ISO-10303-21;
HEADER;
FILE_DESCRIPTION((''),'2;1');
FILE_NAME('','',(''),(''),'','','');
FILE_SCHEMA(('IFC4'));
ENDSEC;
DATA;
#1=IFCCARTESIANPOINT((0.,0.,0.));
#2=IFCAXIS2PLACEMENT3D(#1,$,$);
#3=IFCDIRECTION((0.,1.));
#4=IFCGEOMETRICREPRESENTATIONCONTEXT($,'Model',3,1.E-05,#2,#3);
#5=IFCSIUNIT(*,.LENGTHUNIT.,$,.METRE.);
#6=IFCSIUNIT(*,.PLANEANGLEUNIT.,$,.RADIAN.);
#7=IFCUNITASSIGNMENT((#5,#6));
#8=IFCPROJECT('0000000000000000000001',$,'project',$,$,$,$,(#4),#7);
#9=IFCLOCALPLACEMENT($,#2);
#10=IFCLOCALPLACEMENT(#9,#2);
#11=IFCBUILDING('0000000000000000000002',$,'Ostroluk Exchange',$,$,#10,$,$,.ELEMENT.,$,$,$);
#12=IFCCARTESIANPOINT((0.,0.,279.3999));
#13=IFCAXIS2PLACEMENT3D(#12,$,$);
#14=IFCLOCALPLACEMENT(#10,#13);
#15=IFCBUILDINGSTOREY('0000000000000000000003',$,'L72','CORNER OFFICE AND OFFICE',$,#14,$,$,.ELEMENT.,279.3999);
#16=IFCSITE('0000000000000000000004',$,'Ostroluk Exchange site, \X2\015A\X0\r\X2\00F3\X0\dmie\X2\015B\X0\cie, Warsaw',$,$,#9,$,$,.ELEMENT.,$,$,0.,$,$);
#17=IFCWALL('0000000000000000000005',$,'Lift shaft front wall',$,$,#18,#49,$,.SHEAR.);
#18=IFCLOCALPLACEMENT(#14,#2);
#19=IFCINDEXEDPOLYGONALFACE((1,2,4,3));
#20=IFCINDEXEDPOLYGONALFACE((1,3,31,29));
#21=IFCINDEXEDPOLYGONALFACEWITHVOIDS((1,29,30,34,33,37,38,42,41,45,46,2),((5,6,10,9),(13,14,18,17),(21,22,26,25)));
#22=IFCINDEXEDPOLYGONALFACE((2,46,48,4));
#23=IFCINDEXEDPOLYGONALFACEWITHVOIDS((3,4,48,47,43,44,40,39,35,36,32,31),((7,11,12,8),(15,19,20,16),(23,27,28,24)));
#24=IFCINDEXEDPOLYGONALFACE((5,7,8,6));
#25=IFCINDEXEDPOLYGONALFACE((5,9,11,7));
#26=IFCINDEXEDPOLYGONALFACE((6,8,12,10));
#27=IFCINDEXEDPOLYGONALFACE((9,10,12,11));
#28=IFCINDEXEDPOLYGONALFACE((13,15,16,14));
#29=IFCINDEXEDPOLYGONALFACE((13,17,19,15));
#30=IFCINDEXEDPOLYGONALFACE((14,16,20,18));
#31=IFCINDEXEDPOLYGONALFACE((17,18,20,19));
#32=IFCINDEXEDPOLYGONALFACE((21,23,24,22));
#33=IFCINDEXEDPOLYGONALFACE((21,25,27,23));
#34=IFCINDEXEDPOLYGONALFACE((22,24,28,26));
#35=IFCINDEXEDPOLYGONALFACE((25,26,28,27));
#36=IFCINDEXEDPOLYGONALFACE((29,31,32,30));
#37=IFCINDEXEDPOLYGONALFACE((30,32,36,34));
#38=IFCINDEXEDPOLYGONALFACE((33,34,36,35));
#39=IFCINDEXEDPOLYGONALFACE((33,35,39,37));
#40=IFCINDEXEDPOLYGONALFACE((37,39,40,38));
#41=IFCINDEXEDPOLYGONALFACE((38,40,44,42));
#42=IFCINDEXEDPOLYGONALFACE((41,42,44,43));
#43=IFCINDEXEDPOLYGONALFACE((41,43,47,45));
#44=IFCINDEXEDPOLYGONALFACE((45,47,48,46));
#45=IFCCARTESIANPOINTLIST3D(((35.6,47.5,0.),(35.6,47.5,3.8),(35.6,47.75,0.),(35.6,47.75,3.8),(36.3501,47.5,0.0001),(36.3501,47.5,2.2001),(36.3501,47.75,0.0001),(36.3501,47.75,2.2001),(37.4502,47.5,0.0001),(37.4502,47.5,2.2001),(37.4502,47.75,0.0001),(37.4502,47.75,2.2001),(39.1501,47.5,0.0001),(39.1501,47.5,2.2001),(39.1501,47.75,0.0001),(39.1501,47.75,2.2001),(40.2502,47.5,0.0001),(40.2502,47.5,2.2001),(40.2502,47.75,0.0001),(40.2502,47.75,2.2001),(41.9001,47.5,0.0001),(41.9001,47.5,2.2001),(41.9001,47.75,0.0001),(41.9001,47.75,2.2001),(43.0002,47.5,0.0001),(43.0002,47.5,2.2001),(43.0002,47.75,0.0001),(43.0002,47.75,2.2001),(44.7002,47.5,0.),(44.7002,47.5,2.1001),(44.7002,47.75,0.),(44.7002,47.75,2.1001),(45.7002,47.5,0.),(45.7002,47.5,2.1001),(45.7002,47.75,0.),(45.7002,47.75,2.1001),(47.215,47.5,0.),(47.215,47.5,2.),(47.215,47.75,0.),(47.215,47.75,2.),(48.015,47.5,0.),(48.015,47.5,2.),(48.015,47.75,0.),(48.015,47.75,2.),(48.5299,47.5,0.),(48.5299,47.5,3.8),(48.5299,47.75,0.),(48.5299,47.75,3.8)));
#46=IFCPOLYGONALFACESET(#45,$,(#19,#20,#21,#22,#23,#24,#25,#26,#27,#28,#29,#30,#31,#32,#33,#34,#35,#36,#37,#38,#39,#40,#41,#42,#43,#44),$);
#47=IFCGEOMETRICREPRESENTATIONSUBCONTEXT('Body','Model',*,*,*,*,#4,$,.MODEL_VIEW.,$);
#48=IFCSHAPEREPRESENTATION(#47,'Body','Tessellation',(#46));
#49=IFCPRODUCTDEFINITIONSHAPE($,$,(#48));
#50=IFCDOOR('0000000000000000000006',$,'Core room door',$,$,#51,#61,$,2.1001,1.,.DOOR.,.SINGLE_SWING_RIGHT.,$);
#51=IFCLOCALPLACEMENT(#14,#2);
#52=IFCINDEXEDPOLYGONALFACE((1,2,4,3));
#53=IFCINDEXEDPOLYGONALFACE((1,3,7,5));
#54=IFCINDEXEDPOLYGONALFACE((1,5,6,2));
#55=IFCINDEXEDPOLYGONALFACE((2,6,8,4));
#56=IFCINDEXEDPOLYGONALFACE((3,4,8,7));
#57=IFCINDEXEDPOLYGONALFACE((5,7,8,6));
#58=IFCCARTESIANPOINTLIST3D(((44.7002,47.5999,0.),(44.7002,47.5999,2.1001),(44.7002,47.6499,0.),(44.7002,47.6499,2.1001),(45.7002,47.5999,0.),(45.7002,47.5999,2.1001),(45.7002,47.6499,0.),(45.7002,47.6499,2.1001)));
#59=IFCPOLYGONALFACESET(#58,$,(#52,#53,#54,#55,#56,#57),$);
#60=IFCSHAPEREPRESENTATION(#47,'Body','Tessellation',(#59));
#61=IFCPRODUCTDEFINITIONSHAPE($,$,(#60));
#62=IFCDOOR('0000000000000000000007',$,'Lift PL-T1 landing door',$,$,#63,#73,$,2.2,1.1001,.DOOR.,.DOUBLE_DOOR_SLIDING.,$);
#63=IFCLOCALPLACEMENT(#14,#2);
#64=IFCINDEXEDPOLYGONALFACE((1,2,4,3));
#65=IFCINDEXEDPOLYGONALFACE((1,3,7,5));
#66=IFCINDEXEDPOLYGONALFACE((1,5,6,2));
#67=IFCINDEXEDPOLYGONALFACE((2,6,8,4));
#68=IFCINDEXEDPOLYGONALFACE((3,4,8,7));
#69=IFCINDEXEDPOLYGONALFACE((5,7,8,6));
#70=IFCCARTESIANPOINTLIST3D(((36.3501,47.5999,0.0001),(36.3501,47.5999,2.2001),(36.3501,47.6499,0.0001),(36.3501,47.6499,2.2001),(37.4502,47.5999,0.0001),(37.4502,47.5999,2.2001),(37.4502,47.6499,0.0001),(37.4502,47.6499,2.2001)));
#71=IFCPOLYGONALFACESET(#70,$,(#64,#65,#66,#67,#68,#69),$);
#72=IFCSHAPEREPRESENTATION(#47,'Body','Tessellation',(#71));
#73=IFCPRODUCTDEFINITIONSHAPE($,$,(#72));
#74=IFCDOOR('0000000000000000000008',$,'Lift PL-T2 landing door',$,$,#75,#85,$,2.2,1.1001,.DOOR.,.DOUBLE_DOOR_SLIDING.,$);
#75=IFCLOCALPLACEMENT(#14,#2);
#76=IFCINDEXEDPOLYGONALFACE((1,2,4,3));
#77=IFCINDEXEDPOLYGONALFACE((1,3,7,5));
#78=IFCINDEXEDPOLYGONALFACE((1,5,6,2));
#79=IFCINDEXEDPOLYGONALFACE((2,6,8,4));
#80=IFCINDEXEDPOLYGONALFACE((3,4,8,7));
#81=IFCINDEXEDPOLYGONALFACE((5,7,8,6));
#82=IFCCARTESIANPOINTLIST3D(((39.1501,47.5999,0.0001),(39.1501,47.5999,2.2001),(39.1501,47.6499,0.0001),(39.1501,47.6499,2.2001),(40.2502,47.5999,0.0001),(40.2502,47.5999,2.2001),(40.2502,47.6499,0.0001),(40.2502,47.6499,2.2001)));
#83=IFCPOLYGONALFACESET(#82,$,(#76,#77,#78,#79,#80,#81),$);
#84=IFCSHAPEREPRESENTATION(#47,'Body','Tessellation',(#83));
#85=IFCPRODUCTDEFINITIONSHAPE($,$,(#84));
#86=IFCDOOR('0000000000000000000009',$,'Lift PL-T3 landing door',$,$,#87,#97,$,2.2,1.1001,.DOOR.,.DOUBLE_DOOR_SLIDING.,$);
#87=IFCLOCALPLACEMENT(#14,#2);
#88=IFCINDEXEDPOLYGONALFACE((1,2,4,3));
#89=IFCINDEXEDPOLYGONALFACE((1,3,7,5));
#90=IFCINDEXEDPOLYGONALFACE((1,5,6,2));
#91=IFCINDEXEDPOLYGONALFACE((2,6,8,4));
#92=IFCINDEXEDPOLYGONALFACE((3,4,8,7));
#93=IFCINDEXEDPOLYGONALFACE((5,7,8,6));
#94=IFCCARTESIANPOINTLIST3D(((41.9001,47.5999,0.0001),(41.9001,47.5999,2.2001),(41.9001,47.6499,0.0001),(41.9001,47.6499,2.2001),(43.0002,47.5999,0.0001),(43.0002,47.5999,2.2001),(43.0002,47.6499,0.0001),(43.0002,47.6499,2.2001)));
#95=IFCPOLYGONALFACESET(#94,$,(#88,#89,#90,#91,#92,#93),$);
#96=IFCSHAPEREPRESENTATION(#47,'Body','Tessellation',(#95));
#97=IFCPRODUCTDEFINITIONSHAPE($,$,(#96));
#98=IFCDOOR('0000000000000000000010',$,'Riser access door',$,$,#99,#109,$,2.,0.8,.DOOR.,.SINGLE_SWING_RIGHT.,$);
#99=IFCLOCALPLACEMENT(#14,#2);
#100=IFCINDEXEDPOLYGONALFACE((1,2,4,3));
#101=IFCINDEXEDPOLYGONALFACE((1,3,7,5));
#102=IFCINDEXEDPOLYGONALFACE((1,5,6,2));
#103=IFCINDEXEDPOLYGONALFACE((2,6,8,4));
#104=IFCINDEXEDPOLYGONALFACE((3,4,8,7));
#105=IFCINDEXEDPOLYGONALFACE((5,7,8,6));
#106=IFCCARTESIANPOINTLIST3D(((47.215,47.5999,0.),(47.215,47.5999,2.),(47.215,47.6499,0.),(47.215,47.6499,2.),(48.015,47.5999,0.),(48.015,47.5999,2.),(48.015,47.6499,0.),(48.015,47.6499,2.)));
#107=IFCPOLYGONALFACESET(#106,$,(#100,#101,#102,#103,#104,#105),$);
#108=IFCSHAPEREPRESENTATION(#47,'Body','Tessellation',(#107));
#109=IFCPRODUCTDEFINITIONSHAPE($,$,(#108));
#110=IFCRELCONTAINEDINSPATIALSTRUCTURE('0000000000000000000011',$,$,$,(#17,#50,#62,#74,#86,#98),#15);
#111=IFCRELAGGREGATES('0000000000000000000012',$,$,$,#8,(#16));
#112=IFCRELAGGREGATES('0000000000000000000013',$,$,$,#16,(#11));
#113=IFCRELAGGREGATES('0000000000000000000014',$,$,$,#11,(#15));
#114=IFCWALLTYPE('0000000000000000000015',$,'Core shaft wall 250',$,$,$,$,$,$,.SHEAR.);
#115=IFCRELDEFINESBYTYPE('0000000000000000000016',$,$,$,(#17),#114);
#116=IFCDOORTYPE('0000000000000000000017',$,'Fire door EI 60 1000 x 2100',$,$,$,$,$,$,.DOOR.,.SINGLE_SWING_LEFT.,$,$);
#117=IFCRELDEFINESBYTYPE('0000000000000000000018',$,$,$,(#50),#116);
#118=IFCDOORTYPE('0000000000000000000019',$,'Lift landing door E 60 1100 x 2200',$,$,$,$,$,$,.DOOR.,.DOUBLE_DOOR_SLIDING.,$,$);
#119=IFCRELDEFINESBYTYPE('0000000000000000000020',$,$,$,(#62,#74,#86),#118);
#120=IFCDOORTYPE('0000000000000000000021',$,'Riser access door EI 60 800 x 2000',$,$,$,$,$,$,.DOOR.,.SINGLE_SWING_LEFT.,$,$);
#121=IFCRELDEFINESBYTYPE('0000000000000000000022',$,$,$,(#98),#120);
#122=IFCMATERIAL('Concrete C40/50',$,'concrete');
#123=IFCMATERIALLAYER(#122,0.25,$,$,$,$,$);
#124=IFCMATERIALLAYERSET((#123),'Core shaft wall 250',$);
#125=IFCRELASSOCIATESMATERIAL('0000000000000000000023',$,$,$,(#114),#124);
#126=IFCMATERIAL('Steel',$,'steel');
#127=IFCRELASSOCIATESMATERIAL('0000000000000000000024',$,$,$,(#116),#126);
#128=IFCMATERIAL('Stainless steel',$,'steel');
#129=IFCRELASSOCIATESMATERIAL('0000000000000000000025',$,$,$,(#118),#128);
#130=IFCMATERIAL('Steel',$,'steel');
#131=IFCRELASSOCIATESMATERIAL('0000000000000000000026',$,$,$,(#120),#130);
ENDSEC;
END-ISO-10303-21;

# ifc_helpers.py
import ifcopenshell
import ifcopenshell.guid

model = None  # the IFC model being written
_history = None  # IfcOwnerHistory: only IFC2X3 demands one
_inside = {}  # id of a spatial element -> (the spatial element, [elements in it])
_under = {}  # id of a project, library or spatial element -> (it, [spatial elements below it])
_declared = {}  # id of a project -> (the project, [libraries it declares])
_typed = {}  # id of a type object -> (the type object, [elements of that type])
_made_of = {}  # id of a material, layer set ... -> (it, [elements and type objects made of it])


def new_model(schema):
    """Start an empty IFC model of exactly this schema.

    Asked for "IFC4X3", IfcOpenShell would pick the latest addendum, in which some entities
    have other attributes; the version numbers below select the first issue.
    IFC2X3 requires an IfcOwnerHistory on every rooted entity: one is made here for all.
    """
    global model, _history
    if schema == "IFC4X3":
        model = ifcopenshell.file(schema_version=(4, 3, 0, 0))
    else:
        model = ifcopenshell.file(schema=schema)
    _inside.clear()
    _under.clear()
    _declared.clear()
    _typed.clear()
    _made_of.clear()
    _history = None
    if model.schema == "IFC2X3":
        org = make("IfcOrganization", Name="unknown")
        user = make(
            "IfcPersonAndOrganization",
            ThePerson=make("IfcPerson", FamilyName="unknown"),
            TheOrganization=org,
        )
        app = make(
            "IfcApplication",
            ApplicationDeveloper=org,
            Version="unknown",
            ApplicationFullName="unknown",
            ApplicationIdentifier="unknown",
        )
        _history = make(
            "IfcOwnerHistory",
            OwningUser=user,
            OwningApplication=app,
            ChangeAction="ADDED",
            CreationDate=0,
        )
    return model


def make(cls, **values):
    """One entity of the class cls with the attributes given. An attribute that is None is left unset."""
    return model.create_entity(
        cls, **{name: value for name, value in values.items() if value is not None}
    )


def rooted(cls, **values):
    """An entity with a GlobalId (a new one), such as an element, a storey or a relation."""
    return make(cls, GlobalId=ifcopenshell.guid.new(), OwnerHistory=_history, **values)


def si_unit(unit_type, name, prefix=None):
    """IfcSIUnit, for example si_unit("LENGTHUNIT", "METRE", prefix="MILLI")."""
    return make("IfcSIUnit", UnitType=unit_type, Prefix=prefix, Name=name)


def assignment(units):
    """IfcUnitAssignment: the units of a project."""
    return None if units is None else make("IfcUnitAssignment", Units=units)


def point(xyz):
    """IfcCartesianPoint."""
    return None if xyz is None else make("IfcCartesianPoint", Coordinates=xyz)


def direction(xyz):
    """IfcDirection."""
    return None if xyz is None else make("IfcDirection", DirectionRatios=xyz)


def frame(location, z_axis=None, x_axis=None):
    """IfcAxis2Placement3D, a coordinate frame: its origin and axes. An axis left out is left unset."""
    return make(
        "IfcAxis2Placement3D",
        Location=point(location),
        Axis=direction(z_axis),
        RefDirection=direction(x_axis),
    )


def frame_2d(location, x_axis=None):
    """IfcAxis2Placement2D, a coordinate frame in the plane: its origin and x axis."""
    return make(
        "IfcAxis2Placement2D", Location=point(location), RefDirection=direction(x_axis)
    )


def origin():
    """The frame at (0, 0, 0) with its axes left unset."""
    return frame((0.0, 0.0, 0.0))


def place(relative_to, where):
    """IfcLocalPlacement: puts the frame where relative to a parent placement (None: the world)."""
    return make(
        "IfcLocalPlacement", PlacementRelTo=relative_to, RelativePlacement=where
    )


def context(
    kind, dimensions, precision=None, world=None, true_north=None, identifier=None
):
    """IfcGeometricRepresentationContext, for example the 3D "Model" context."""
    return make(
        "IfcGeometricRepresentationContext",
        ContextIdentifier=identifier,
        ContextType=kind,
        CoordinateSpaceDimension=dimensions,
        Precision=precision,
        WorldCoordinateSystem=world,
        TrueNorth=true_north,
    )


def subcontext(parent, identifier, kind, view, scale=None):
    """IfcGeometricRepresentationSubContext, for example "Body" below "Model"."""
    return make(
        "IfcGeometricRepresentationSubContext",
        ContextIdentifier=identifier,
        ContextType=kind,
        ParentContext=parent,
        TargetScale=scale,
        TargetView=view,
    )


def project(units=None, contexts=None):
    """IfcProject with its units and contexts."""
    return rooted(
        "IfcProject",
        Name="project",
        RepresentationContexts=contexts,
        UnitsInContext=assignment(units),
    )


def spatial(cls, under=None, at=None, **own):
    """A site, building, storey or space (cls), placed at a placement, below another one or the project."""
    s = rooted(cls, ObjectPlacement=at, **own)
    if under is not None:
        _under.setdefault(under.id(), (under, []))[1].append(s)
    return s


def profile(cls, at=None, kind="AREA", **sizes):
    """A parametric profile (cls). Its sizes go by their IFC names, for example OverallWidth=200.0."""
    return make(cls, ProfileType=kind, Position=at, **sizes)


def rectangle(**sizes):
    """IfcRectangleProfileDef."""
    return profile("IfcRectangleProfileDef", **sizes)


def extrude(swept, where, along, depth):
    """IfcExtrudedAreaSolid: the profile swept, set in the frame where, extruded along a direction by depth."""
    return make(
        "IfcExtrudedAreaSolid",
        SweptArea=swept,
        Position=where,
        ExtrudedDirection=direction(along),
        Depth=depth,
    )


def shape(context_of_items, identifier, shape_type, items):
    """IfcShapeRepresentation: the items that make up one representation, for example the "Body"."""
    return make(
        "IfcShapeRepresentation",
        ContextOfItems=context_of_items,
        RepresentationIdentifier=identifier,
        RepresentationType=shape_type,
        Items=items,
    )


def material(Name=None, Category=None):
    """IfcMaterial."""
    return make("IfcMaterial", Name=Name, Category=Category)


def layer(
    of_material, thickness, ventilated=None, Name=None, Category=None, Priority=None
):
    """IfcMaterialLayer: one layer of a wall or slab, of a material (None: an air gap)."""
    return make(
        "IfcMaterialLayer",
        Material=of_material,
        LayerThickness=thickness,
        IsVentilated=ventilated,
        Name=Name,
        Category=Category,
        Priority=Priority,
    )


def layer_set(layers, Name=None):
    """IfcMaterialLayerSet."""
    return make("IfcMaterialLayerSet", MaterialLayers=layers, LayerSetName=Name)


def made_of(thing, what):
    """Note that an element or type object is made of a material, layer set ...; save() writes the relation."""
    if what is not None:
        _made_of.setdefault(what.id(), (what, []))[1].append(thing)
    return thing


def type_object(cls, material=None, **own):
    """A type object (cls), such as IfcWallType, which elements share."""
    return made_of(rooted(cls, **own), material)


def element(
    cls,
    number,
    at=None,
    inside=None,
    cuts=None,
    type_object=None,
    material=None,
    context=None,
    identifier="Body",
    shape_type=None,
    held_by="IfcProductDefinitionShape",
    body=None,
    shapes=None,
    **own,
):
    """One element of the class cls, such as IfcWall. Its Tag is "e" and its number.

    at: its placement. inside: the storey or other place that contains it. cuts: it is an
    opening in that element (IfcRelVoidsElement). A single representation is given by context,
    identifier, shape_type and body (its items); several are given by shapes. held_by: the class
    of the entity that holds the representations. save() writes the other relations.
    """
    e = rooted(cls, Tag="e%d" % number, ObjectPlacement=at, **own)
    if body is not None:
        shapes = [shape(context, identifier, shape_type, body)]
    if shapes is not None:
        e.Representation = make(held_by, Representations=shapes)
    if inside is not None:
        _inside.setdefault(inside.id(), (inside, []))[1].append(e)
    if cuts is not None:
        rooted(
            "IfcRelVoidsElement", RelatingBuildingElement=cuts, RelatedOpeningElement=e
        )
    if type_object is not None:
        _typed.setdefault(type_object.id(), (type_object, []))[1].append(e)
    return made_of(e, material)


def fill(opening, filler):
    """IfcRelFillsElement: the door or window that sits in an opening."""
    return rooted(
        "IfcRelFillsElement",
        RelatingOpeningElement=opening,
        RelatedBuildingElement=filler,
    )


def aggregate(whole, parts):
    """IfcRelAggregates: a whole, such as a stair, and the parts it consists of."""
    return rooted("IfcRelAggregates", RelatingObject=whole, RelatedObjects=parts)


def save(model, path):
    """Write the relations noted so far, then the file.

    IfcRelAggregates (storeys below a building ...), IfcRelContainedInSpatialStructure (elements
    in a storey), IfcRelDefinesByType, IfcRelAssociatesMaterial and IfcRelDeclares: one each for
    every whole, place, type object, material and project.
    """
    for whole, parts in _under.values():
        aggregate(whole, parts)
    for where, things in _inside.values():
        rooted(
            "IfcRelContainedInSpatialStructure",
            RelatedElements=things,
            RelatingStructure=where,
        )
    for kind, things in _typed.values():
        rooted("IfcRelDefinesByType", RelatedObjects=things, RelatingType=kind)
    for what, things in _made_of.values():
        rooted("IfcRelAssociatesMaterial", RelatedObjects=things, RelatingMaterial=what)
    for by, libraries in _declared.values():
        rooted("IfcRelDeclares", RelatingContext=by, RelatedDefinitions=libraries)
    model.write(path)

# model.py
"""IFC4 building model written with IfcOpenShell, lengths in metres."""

from ifc_helpers import new_model, si_unit, direction, frame, frame_2d, origin, place, context, subcontext, project, spatial, rectangle, extrude, material, layer, layer_set, type_object, element, fill, save


model = new_model("IFC4")

# Units and contexts
model_context = context("Model", 3, precision=1e-05, world=origin(), true_north=direction((0.0, 1.0)))
body_context = subcontext(model_context, "Body", "Model", "MODEL_VIEW")
ifc_project = project(units=[si_unit("LENGTHUNIT", "METRE"), si_unit("PLANEANGLEUNIT", "RADIAN")], contexts=[model_context])

# Site, building, storey
site_placement = place(None, origin())
site = spatial("IfcSite", under=ifc_project, at=site_placement, Name="Ostroluk Exchange site, Śródmieście, Warsaw", CompositionType="ELEMENT", RefElevation=0.0)
building_placement = place(site_placement, origin())
building = spatial("IfcBuilding", under=site, at=building_placement, Name="Ostroluk Exchange", CompositionType="ELEMENT")
storey_placement = place(building_placement, frame((0.0, 0.0, 279.3999)))
storey = spatial("IfcBuildingStorey", under=building, at=storey_placement, Name="L72", Description="CORNER OFFICE AND OFFICE", CompositionType="ELEMENT", Elevation=279.3999)

# Shared definitions
ifc_material_1 = material(Name="Concrete C40/50", Category="concrete")
ifc_layer_1 = layer(ifc_material_1, 0.25)
ifc_layer_set_1 = layer_set([ifc_layer_1], Name="Core shaft wall 250")
wall_type_1 = type_object("IfcWallType", Name="Core shaft wall 250", PredefinedType="SHEAR", material=ifc_layer_set_1)

# Wall, openings, doors
wall_1_placement = place(storey_placement, frame((35.6001, 47.625, 0.0), z_axis=(0.0, 0.0, 1.0), x_axis=(1.0, 0.0, 0.0)))
wall_1 = element("IfcWall", 1, at=wall_1_placement, inside=storey, type_object=wall_type_1, Name="Lift shaft front wall", PredefinedType="SHEAR", context=body_context, shape_type="SweptSolid", body=[
    extrude(rectangle(XDim=12.9299, YDim=0.25, at=frame_2d((6.4648, 0.0))), origin(), (0.0, 0.0, 1.0), 3.8),
])
opening_1_placement = place(wall_1_placement, frame((0.75, 0.0, 0.0)))
opening_1 = element("IfcOpeningElement", 2, at=opening_1_placement, cuts=wall_1, PredefinedType="OPENING", context=body_context, shape_type="SweptSolid", body=[
    extrude(rectangle(XDim=1.1001, YDim=2.2, at=frame_2d((0.55, 1.1001))), frame((0.0, 0.135, 0.0), z_axis=(0.0, -1.0, 0.0), x_axis=(1.0, 0.0, 0.0)), (0.0, 0.0, 1.0), 0.27),
])
opening_2_placement = place(wall_1_placement, frame((3.55, 0.0, 0.0)))
opening_2 = element("IfcOpeningElement", 3, at=opening_2_placement, cuts=wall_1, PredefinedType="OPENING", context=body_context, shape_type="SweptSolid", body=[
    extrude(rectangle(XDim=1.1001, YDim=2.2, at=frame_2d((0.55, 1.1001))), frame((0.0, 0.135, 0.0), z_axis=(0.0, -1.0, 0.0), x_axis=(1.0, 0.0, 0.0)), (0.0, 0.0, 1.0), 0.27),
])
opening_3_placement = place(wall_1_placement, frame((6.3, 0.0, 0.0)))
opening_3 = element("IfcOpeningElement", 4, at=opening_3_placement, cuts=wall_1, PredefinedType="OPENING", context=body_context, shape_type="SweptSolid", body=[
    extrude(rectangle(XDim=1.1001, YDim=2.2, at=frame_2d((0.55, 1.1001))), frame((0.0, 0.135, 0.0), z_axis=(0.0, -1.0, 0.0), x_axis=(1.0, 0.0, 0.0)), (0.0, 0.0, 1.0), 0.27),
])
opening_4_placement = place(wall_1_placement, frame((9.1001, 0.0, 0.0)))
opening_4 = element("IfcOpeningElement", 5, at=opening_4_placement, cuts=wall_1, PredefinedType="OPENING", context=body_context, shape_type="SweptSolid", body=[
    extrude(rectangle(XDim=1.0, YDim=2.1001, at=frame_2d((0.5, 1.05))), frame((0.0, 0.135, 0.0), z_axis=(0.0, -1.0, 0.0), x_axis=(1.0, 0.0, 0.0)), (0.0, 0.0, 1.0), 0.27),
])
opening_5_placement = place(wall_1_placement, frame((11.615, 0.0, 0.0)))
opening_5 = element("IfcOpeningElement", 6, at=opening_5_placement, cuts=wall_1, PredefinedType="OPENING", context=body_context, shape_type="SweptSolid", body=[
    extrude(rectangle(XDim=0.8, YDim=2.0, at=frame_2d((0.3999, 1.0))), frame((0.0, 0.135, 0.0), z_axis=(0.0, -1.0, 0.0), x_axis=(1.0, 0.0, 0.0)), (0.0, 0.0, 1.0), 0.27),
])
ifc_material_2 = material(Name="Steel", Category="steel")
door_type_1 = type_object("IfcDoorType", Name="Fire door EI 60 1000 x 2100", OperationType="SINGLE_SWING_LEFT", PredefinedType="DOOR", material=ifc_material_2)
door_1_placement = place(opening_4_placement, origin())
door_1 = element("IfcDoor", 7, at=door_1_placement, inside=storey, type_object=door_type_1, Name="Core room door", OperationType="SINGLE_SWING_RIGHT", OverallHeight=2.1001, OverallWidth=1.0, PredefinedType="DOOR", context=body_context, shape_type="SweptSolid", body=[
    extrude(rectangle(XDim=1.0, YDim=2.1001, at=frame_2d((0.5, 1.05))), frame((0.0, 0.0249, 0.0), z_axis=(0.0, -1.0, 0.0), x_axis=(1.0, 0.0, 0.0)), (0.0, 0.0, 1.0), 0.05),
])
fill(opening_4, door_1)
ifc_material_3 = material(Name="Stainless steel", Category="steel")
door_type_2 = type_object("IfcDoorType", Name="Lift landing door E 60 1100 x 2200", OperationType="DOUBLE_DOOR_SLIDING", PredefinedType="DOOR", material=ifc_material_3)
door_2_placement = place(opening_1_placement, origin())
door_2 = element("IfcDoor", 8, at=door_2_placement, inside=storey, type_object=door_type_2, Name="Lift PL-T1 landing door", OperationType="DOUBLE_DOOR_SLIDING", OverallHeight=2.2, OverallWidth=1.1001, PredefinedType="DOOR", context=body_context, shape_type="SweptSolid", body=[
    extrude(rectangle(XDim=1.1001, YDim=2.2, at=frame_2d((0.55, 1.1001))), frame((0.0, 0.0249, 0.0), z_axis=(0.0, -1.0, 0.0), x_axis=(1.0, 0.0, 0.0)), (0.0, 0.0, 1.0), 0.05),
])
fill(opening_1, door_2)
door_3_placement = place(opening_2_placement, origin())
door_3 = element("IfcDoor", 9, at=door_3_placement, inside=storey, type_object=door_type_2, Name="Lift PL-T2 landing door", OperationType="DOUBLE_DOOR_SLIDING", OverallHeight=2.2, OverallWidth=1.1001, PredefinedType="DOOR", context=body_context, shape_type="SweptSolid", body=[
    extrude(rectangle(XDim=1.1001, YDim=2.2, at=frame_2d((0.55, 1.1001))), frame((0.0, 0.0249, 0.0), z_axis=(0.0, -1.0, 0.0), x_axis=(1.0, 0.0, 0.0)), (0.0, 0.0, 1.0), 0.05),
])
fill(opening_2, door_3)
door_4_placement = place(opening_3_placement, origin())
door_4 = element("IfcDoor", 10, at=door_4_placement, inside=storey, type_object=door_type_2, Name="Lift PL-T3 landing door", OperationType="DOUBLE_DOOR_SLIDING", OverallHeight=2.2, OverallWidth=1.1001, PredefinedType="DOOR", context=body_context, shape_type="SweptSolid", body=[
    extrude(rectangle(XDim=1.1001, YDim=2.2, at=frame_2d((0.55, 1.1001))), frame((0.0, 0.0249, 0.0), z_axis=(0.0, -1.0, 0.0), x_axis=(1.0, 0.0, 0.0)), (0.0, 0.0, 1.0), 0.05),
])
fill(opening_3, door_4)
ifc_material_4 = material(Name="Steel", Category="steel")
door_type_3 = type_object("IfcDoorType", Name="Riser access door EI 60 800 x 2000", OperationType="SINGLE_SWING_LEFT", PredefinedType="DOOR", material=ifc_material_4)
door_5_placement = place(opening_5_placement, origin())
door_5 = element("IfcDoor", 11, at=door_5_placement, inside=storey, type_object=door_type_3, Name="Riser access door", OperationType="SINGLE_SWING_RIGHT", OverallHeight=2.0, OverallWidth=0.8, PredefinedType="DOOR", context=body_context, shape_type="SweptSolid", body=[
    extrude(rectangle(XDim=0.8, YDim=2.0, at=frame_2d((0.3999, 1.0))), frame((0.0, 0.0249, 0.0), z_axis=(0.0, -1.0, 0.0), x_axis=(1.0, 0.0, 0.0)), (0.0, 0.0, 1.0), 0.05),
])
fill(opening_5, door_5)

save(model, "model.ifc")
